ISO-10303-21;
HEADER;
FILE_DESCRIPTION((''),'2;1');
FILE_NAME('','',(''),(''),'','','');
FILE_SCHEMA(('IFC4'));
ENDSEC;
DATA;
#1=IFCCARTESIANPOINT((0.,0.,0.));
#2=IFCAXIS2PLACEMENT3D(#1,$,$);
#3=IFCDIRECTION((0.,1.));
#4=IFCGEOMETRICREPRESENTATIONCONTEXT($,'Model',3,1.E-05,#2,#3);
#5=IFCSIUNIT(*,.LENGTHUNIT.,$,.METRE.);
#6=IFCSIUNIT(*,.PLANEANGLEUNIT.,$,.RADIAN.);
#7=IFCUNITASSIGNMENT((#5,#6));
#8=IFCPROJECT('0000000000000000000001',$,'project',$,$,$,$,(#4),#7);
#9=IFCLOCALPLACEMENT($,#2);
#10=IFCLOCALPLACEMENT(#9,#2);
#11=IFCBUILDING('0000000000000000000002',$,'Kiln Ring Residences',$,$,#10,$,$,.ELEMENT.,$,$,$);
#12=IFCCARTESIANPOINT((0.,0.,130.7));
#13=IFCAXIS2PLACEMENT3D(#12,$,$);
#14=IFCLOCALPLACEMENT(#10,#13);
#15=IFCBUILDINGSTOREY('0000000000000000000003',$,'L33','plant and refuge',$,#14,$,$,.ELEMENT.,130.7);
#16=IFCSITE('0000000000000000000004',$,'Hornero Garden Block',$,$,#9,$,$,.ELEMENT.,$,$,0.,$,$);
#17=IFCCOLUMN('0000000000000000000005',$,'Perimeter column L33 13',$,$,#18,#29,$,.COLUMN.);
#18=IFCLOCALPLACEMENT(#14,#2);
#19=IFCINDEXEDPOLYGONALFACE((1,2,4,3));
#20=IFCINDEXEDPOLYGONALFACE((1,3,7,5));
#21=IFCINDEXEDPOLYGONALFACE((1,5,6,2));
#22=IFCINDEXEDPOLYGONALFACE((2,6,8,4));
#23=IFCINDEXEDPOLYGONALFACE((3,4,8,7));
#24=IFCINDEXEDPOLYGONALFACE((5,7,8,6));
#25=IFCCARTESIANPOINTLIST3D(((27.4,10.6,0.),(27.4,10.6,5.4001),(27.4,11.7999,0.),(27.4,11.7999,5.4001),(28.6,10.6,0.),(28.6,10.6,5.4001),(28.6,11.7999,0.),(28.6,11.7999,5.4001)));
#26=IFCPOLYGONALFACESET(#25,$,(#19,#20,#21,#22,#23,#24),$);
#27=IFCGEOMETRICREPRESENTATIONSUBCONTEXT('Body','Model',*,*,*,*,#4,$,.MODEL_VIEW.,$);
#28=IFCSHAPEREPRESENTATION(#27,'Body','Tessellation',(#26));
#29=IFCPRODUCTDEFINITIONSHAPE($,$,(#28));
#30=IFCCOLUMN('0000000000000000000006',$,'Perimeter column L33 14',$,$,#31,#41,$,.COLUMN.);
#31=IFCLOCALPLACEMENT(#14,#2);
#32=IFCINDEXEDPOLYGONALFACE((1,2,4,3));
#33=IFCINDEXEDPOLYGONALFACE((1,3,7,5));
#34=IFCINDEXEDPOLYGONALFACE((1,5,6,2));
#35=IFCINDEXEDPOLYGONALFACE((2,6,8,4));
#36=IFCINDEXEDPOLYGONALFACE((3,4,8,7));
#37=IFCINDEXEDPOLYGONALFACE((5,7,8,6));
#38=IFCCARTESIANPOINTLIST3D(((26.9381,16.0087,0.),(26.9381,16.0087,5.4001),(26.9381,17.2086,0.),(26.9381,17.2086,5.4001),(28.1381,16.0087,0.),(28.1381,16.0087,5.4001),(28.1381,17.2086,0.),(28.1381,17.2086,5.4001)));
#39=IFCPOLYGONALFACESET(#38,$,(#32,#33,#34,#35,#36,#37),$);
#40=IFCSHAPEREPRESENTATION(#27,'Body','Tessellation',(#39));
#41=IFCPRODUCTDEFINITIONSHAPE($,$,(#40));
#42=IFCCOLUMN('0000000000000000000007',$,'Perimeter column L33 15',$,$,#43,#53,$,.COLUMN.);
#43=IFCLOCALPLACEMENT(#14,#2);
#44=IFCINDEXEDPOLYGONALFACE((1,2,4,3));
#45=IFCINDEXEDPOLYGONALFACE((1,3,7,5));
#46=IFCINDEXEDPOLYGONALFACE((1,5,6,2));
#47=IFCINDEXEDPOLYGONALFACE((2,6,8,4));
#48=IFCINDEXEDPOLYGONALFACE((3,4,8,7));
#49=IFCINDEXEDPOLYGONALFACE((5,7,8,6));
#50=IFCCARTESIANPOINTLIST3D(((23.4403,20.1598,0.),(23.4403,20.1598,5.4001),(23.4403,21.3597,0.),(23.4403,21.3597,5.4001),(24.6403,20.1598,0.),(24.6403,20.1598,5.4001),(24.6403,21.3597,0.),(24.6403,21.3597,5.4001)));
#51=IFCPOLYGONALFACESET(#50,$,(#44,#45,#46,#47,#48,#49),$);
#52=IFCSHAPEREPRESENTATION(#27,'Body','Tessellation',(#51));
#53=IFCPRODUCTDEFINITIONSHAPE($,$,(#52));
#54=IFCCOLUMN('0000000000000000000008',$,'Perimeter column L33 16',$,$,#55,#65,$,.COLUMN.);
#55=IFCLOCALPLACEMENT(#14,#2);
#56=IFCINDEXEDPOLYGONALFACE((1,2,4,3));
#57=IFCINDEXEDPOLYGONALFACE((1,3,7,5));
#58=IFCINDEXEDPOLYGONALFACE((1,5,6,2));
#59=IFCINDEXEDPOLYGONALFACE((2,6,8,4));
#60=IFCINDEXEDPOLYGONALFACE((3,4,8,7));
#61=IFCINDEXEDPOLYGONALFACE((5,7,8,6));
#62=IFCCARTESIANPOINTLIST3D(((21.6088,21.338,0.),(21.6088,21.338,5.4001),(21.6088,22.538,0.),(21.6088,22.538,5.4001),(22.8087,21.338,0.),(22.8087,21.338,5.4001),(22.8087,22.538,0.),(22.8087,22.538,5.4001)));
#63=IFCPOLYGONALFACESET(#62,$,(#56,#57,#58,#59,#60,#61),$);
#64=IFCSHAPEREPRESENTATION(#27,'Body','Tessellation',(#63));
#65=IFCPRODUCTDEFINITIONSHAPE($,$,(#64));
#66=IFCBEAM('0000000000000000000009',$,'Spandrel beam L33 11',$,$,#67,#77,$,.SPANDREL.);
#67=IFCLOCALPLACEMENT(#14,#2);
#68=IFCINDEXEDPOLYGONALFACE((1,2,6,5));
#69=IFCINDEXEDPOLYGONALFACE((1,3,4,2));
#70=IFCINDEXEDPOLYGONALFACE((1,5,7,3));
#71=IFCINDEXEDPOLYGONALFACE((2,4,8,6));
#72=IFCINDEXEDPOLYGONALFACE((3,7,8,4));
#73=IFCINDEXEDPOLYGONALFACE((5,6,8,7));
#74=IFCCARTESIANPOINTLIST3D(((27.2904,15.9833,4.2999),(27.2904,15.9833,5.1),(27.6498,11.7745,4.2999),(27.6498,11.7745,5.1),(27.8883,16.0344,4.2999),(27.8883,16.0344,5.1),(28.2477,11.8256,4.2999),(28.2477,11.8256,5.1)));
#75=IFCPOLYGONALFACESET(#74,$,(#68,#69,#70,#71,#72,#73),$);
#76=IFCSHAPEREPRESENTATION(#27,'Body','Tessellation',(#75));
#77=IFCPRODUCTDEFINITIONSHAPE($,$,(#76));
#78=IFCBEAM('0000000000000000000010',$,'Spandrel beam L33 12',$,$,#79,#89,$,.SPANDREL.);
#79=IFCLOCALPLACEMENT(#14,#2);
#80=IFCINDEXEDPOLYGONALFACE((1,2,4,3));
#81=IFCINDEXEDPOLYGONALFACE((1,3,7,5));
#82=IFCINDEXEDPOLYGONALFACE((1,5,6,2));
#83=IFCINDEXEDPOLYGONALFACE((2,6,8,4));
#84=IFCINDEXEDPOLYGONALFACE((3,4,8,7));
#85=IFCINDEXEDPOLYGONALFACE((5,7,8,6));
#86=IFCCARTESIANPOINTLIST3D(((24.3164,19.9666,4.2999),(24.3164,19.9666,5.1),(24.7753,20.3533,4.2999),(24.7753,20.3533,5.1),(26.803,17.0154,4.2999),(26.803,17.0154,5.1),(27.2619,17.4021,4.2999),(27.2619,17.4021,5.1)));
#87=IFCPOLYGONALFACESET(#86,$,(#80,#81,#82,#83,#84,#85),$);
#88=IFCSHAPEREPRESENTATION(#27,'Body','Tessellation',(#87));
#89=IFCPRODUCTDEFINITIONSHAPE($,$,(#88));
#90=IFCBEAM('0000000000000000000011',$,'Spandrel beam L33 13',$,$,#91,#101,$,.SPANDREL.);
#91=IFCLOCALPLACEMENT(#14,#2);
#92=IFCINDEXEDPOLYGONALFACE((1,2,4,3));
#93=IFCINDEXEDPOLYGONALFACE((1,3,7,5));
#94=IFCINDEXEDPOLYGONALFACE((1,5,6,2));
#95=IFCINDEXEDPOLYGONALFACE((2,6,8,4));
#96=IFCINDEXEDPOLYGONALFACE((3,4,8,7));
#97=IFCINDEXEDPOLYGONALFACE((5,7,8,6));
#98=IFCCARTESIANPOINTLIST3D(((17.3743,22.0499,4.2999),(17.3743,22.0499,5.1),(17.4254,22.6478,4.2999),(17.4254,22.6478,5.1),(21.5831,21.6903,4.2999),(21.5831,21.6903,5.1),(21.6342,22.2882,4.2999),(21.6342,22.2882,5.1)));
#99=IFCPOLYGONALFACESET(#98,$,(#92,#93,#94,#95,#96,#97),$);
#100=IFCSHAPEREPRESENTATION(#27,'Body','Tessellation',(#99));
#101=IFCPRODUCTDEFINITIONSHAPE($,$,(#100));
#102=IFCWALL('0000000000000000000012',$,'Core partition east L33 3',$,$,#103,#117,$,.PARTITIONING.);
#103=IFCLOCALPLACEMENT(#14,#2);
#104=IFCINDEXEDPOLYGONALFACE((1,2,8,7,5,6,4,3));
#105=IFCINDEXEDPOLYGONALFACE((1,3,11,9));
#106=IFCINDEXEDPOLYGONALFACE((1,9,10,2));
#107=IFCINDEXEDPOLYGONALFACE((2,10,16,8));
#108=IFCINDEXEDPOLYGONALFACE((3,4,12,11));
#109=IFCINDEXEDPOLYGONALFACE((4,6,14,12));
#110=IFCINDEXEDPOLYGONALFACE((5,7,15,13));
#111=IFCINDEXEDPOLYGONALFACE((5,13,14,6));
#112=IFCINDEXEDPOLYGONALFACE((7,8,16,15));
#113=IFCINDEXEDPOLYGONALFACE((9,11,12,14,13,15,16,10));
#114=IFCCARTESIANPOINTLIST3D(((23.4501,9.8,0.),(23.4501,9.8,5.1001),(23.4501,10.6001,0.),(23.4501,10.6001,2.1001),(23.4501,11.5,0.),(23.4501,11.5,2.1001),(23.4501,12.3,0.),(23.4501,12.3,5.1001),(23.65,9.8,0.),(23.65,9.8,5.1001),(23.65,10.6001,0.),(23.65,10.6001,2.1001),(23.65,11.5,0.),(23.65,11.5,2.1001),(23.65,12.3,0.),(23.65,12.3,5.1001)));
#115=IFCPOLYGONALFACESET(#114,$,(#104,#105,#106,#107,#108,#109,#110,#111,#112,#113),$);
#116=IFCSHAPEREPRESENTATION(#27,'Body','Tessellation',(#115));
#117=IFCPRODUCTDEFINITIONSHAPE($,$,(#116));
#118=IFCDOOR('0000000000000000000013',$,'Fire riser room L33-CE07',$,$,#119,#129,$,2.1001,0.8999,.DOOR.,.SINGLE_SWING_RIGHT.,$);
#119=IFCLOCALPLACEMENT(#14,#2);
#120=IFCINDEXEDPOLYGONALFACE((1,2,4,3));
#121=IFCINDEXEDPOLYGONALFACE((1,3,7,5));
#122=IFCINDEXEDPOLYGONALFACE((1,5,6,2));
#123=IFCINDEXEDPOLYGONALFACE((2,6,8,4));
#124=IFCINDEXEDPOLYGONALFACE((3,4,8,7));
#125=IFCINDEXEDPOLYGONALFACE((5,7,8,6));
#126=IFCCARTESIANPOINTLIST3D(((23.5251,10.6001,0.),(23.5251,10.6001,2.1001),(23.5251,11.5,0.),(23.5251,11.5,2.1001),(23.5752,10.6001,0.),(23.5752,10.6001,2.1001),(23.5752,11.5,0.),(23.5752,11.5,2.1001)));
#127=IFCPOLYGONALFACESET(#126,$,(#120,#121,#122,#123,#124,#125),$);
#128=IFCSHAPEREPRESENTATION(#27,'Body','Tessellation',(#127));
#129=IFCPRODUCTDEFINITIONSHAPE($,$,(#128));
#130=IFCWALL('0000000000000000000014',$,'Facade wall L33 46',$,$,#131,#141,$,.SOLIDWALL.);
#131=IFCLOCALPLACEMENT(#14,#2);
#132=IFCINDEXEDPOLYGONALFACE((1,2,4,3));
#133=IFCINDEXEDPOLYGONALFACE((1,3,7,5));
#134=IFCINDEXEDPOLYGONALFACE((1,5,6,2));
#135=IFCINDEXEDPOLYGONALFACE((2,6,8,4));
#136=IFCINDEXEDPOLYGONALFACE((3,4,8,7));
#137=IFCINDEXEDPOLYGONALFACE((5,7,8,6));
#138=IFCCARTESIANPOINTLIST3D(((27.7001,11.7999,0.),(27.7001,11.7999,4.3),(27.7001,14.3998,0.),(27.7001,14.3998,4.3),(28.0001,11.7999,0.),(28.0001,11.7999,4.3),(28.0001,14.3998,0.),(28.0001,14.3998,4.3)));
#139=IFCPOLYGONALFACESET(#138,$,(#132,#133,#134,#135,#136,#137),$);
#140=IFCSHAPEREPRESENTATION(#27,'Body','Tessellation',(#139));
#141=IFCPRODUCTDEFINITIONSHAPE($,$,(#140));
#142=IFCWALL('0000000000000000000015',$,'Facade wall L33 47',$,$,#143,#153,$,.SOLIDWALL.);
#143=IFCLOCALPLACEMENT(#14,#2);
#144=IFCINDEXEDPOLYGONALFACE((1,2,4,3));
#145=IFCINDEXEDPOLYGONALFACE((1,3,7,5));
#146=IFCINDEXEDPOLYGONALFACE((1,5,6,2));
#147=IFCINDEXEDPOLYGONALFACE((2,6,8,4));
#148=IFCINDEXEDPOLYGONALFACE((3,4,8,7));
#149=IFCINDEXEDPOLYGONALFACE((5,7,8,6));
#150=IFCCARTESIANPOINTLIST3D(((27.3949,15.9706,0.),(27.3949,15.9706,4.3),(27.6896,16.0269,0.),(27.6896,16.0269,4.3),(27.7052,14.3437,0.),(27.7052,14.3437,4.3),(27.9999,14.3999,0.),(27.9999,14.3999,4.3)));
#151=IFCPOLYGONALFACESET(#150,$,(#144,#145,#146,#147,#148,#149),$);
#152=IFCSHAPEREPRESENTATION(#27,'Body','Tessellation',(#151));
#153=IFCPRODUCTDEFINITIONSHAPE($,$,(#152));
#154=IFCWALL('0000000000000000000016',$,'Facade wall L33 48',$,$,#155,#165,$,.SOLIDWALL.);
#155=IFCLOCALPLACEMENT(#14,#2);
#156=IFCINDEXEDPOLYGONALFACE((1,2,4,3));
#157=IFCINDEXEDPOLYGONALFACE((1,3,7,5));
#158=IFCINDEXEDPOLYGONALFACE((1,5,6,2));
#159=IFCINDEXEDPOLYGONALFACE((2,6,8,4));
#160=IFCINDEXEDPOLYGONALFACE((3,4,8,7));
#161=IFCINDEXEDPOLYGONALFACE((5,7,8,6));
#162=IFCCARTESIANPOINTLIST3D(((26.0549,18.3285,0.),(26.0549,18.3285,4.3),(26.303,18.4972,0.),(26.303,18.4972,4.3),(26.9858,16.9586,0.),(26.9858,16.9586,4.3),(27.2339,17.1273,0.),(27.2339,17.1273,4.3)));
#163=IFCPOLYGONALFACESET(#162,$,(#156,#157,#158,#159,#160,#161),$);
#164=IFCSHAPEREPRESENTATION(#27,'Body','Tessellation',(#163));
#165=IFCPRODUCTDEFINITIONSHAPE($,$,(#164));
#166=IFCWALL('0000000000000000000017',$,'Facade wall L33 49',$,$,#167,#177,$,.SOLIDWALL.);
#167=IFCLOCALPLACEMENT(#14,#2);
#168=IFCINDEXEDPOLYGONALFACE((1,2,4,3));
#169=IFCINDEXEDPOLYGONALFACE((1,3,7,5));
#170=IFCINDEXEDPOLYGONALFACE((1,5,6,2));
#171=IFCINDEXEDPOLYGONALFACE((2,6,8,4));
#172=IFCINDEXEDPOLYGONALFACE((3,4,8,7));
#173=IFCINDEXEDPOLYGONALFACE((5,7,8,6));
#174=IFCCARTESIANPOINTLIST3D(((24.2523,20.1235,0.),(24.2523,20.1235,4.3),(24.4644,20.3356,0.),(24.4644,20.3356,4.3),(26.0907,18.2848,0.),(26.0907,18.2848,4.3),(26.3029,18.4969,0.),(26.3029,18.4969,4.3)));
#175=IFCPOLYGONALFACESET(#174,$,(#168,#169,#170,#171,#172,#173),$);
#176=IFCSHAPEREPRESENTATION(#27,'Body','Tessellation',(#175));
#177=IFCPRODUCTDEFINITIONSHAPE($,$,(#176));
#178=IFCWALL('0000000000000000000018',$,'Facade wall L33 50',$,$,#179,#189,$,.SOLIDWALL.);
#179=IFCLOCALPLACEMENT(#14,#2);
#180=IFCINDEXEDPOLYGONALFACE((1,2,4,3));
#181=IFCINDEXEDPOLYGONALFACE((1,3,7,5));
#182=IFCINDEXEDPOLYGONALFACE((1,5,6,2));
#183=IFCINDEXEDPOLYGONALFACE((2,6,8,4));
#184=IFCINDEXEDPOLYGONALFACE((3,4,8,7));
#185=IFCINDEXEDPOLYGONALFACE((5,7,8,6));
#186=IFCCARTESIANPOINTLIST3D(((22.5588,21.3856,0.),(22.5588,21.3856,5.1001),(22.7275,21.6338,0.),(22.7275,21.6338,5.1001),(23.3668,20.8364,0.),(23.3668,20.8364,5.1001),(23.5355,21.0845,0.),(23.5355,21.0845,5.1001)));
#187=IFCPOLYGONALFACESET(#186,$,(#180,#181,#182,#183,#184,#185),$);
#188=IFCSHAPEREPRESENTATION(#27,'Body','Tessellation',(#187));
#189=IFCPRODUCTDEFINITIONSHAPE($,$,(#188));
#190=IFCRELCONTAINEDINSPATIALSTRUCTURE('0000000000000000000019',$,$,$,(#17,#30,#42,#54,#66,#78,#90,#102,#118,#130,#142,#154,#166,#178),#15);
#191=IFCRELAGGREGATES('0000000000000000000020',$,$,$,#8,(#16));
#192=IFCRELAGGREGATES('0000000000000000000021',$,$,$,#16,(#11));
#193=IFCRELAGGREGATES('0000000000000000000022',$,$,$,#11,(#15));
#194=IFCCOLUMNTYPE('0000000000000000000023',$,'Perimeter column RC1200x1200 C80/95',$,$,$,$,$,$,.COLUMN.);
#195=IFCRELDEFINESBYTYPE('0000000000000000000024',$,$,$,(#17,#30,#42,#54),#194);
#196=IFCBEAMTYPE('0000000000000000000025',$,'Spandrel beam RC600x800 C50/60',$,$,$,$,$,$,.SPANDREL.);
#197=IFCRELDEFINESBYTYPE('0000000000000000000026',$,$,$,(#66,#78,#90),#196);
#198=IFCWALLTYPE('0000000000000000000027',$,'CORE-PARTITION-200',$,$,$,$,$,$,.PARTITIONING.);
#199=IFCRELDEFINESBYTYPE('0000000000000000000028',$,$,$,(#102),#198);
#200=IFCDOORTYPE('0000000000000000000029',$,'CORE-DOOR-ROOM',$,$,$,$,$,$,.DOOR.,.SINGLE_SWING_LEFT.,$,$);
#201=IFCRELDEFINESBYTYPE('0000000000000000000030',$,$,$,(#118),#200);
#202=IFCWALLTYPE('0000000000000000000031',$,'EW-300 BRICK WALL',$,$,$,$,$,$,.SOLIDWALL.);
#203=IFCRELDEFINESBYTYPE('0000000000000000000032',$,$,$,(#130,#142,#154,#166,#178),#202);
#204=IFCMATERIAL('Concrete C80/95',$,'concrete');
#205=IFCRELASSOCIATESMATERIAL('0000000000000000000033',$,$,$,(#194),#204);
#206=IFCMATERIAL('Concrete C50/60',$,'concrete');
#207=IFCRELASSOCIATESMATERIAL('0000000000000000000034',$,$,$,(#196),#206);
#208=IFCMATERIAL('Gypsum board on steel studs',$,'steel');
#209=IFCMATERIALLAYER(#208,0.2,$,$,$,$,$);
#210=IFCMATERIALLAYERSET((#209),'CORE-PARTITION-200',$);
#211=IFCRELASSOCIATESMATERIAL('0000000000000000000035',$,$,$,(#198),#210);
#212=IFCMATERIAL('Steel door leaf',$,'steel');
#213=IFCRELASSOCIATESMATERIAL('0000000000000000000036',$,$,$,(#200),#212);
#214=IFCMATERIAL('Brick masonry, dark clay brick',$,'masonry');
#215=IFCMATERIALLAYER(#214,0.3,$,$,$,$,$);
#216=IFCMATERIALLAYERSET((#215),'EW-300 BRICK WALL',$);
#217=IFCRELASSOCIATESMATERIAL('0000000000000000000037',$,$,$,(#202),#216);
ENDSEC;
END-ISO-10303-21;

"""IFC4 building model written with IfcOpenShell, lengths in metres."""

from ifc_helpers import new_model, si_unit, direction, frame, frame_2d, origin, origin_2d, place, context, subcontext, project, spatial, rectangle, extrude, material, layer, layer_set, material_profile, profile_set, type_object, element, fill, save


model = new_model("IFC4")

# Units and contexts
model_context = context("Model", 3, precision=1e-05, world=origin(), true_north=direction((0.0, 1.0)))
body_context = subcontext(model_context, "Body", "Model", "MODEL_VIEW")
ifc_project = project(units=[si_unit("LENGTHUNIT", "METRE"), si_unit("PLANEANGLEUNIT", "RADIAN")], contexts=[model_context])

# Site, building, storey
site_placement = place(None, origin())
site = spatial("IfcSite", under=ifc_project, at=site_placement, Name="Hornero Garden Block", CompositionType="ELEMENT", RefElevation=0.0)
building_placement = place(site_placement, origin())
building = spatial("IfcBuilding", under=site, at=building_placement, Name="Kiln Ring Residences", CompositionType="ELEMENT")
storey_placement = place(building_placement, frame((0.0, 0.0, 130.7)))
storey = spatial("IfcBuildingStorey", under=building, at=storey_placement, Name="L33", Description="plant and refuge", CompositionType="ELEMENT", Elevation=130.7)

# Columns
ifc_material_1 = material(Name="Concrete C80/95", Category="concrete")
ifc_material_profile_1 = material_profile(ifc_material_1, rectangle(XDim=1.2, YDim=1.2, at=origin_2d()), Name="RC1200x1200")
ifc_profile_set_1 = profile_set([ifc_material_profile_1], Name="Concrete C80/95")
column_type = type_object("IfcColumnType", Name="Perimeter column RC1200x1200 C80/95", PredefinedType="COLUMN", material=ifc_profile_set_1)
for number, where, z_axis, x_axis, name in (
    (1, (28.0, 11.2, 0.0), (0.0, 0.0, 1.0), (1.0, 0.0, 0.0), "Perimeter column L33 13"),
    (2, (27.5381, 16.6086, 0.0), (0.0, 0.0, 1.0), (1.0, 0.0, 0.0), "Perimeter column L33 14"),
    (3, (24.0403, 20.7598, 0.0), (0.0, 0.0, 1.0), (1.0, 0.0, 0.0), "Perimeter column L33 15"),
    (4, (22.2087, 21.938, 0.0), (0.0, 0.0, 1.0), (1.0, 0.0, 0.0), "Perimeter column L33 16"),
):
    element("IfcColumn", number, at=place(storey_placement, frame(where, z_axis=z_axis, x_axis=x_axis)), inside=storey, type_object=column_type, Name=name, PredefinedType="COLUMN", context=body_context, shape_type="SweptSolid", body=[
        extrude(rectangle(XDim=1.2, YDim=1.2, at=origin_2d()), origin(), (0.0, 0.0, 1.0), 5.4001),
    ])

# Beams
ifc_material_2 = material(Name="Concrete C50/60", Category="concrete")
ifc_material_profile_2 = material_profile(ifc_material_2, rectangle(XDim=0.6001, YDim=0.8, at=origin_2d()), Name="RC600x800")
ifc_profile_set_2 = profile_set([ifc_material_profile_2], Name="Concrete C50/60")
beam_type = type_object("IfcBeamType", Name="Spandrel beam RC600x800 C50/60", PredefinedType="SPANDREL", material=ifc_profile_set_2)
beam_1_placement = place(storey_placement, frame((27.9487, 11.8, 4.7), z_axis=(-0.085078, 0.996374, 0.0), x_axis=(-0.996374, -0.085078, 0.0)))
element("IfcBeam", 5, at=beam_1_placement, inside=storey, type_object=beam_type, Name="Spandrel beam L33 11", PredefinedType="SPANDREL", context=body_context, shape_type="SweptSolid", body=[
    extrude(rectangle(XDim=0.6001, YDim=0.8, at=origin_2d()), origin(), (0.0, 0.0, 1.0), 4.2241),
])
beam_2_placement = place(storey_placement, frame((27.0325, 17.2087, 4.7), z_axis=(-0.644344, 0.764736, 0.0), x_axis=(-0.764736, -0.644344, 0.0)))
element("IfcBeam", 6, at=beam_2_placement, inside=storey, type_object=beam_type, Name="Spandrel beam L33 12", PredefinedType="SPANDREL", context=body_context, shape_type="SweptSolid", body=[
    extrude(rectangle(XDim=0.6001, YDim=0.8, at=origin_2d()), origin(), (0.0, 0.0, 1.0), 3.8591),
])
beam_3_placement = place(storey_placement, frame((21.6086, 21.9893, 4.7), z_axis=(-0.996369, 0.085136, 0.0), x_axis=(-0.085136, -0.996369, 0.0)))
element("IfcBeam", 7, at=beam_3_placement, inside=storey, type_object=beam_type, Name="Spandrel beam L33 13", PredefinedType="SPANDREL", context=body_context, shape_type="SweptSolid", body=[
    extrude(rectangle(XDim=0.6001, YDim=0.8, at=origin_2d()), origin(), (0.0, 0.0, 1.0), 4.2241),
])

# Wall, opening, door
ifc_material_3 = material(Name="Gypsum board on steel studs", Category="steel")
ifc_layer_1 = layer(ifc_material_3, 0.2)
ifc_layer_set_1 = layer_set([ifc_layer_1], Name="CORE-PARTITION-200")
wall_type_1 = type_object("IfcWallType", Name="CORE-PARTITION-200", PredefinedType="PARTITIONING", material=ifc_layer_set_1)
wall_1_placement = place(storey_placement, frame((23.55, 9.8, 0.0), z_axis=(0.0, 0.0, 1.0), x_axis=(0.0, 1.0, 0.0)))
wall_1 = element("IfcWall", 8, at=wall_1_placement, inside=storey, type_object=wall_type_1, Name="Core partition east L33 3", PredefinedType="PARTITIONING", context=body_context, shape_type="SweptSolid", body=[
    extrude(rectangle(XDim=2.5, YDim=0.2, at=frame_2d((1.25, 0.0))), origin(), (0.0, 0.0, 1.0), 5.1001),
])
opening_placement = place(wall_1_placement, frame((0.8, 0.0, 0.0)))
opening = element("IfcOpeningElement", 9, at=opening_placement, cuts=wall_1, PredefinedType="OPENING", context=body_context, shape_type="SweptSolid", body=[
    extrude(rectangle(XDim=0.8999, YDim=2.1001, at=frame_2d((0.45, 1.05))), frame((0.0, 0.1099, 0.0), z_axis=(0.0, -1.0, 0.0), x_axis=(1.0, 0.0, 0.0)), (0.0, 0.0, 1.0), 0.22),
])
ifc_material_4 = material(Name="Steel door leaf", Category="steel")
door_type = type_object("IfcDoorType", Name="CORE-DOOR-ROOM", OperationType="SINGLE_SWING_LEFT", PredefinedType="DOOR", material=ifc_material_4)
door_placement = place(opening_placement, origin())
door = element("IfcDoor", 10, at=door_placement, inside=storey, type_object=door_type, Name="Fire riser room L33-CE07", OperationType="SINGLE_SWING_RIGHT", OverallHeight=2.1001, OverallWidth=0.8999, PredefinedType="DOOR", context=body_context, shape_type="SweptSolid", body=[
    extrude(rectangle(XDim=0.8999, YDim=2.1001, at=frame_2d((0.45, 1.05))), frame((0.0, 0.0249, 0.0), z_axis=(0.0, -1.0, 0.0), x_axis=(1.0, 0.0, 0.0)), (0.0, 0.0, 1.0), 0.05),
])
fill(opening, door)

# Walls
ifc_material_5 = material(Name="Brick masonry, dark clay brick", Category="masonry")
ifc_layer_2 = layer(ifc_material_5, 0.3)
ifc_layer_set_2 = layer_set([ifc_layer_2], Name="EW-300 BRICK WALL")
wall_type_2 = type_object("IfcWallType", Name="EW-300 BRICK WALL", PredefinedType="SOLIDWALL", material=ifc_layer_set_2)
wall_2_placement = place(storey_placement, frame((27.8501, 11.8, 0.0), z_axis=(0.0, 0.0, 1.0), x_axis=(0.0, 1.0, 0.0)))
element("IfcWall", 11, at=wall_2_placement, inside=storey, type_object=wall_type_2, Name="Facade wall L33 46", PredefinedType="SOLIDWALL", context=body_context, shape_type="SweptSolid", body=[
    extrude(rectangle(XDim=2.5999, YDim=0.3, at=frame_2d((1.2998, 0.0))), origin(), (0.0, 0.0, 1.0), 4.3),
])
for number, where, z_axis, x_axis, name in (
    (12, (27.8525, 14.3718, 0.0), (0.0, 0.0, 1.0), (-0.187349, 0.982293, 0.0), "Facade wall L33 47"),
    (13, (27.1099, 17.043, 0.0), (0.0, 0.0, 1.0), (-0.56206, 0.827096, 0.0), "Facade wall L33 48"),
):
    element("IfcWall", number, at=place(storey_placement, frame(where, z_axis=z_axis, x_axis=x_axis)), inside=storey, type_object=wall_type_2, Name=name, PredefinedType="SOLIDWALL", context=body_context, shape_type="SweptSolid", body=[
        extrude(rectangle(XDim=1.6562, YDim=0.3, at=frame_2d((0.8281, 0.0))), origin(), (0.0, 0.0, 1.0), 4.3),
    ])
wall_3_placement = place(storey_placement, frame((26.1968, 18.3909, 0.0), z_axis=(0.0, 0.0, 1.0), x_axis=(-0.70706, 0.707154, 0.0)))
element("IfcWall", 14, at=wall_3_placement, inside=storey, type_object=wall_type_2, Name="Facade wall L33 49", PredefinedType="SOLIDWALL", context=body_context, shape_type="SweptSolid", body=[
    extrude(rectangle(XDim=2.6001, YDim=0.3, at=frame_2d((1.3, 0.0))), origin(), (0.0, 0.0, 1.0), 4.3),
])
wall_4_placement = place(storey_placement, frame((23.4512, 20.9604, 0.0), z_axis=(0.0, 0.0, 1.0), x_axis=(-0.827019, 0.562173, 0.0)))
element("IfcWall", 15, at=wall_4_placement, inside=storey, type_object=wall_type_2, Name="Facade wall L33 50", PredefinedType="SOLIDWALL", context=body_context, shape_type="SweptSolid", body=[
    extrude(rectangle(XDim=0.9771, YDim=0.3, at=frame_2d((0.4885, 0.0))), origin(), (0.0, 0.0, 1.0), 5.1001),
])

save(model, "model.ifc")
